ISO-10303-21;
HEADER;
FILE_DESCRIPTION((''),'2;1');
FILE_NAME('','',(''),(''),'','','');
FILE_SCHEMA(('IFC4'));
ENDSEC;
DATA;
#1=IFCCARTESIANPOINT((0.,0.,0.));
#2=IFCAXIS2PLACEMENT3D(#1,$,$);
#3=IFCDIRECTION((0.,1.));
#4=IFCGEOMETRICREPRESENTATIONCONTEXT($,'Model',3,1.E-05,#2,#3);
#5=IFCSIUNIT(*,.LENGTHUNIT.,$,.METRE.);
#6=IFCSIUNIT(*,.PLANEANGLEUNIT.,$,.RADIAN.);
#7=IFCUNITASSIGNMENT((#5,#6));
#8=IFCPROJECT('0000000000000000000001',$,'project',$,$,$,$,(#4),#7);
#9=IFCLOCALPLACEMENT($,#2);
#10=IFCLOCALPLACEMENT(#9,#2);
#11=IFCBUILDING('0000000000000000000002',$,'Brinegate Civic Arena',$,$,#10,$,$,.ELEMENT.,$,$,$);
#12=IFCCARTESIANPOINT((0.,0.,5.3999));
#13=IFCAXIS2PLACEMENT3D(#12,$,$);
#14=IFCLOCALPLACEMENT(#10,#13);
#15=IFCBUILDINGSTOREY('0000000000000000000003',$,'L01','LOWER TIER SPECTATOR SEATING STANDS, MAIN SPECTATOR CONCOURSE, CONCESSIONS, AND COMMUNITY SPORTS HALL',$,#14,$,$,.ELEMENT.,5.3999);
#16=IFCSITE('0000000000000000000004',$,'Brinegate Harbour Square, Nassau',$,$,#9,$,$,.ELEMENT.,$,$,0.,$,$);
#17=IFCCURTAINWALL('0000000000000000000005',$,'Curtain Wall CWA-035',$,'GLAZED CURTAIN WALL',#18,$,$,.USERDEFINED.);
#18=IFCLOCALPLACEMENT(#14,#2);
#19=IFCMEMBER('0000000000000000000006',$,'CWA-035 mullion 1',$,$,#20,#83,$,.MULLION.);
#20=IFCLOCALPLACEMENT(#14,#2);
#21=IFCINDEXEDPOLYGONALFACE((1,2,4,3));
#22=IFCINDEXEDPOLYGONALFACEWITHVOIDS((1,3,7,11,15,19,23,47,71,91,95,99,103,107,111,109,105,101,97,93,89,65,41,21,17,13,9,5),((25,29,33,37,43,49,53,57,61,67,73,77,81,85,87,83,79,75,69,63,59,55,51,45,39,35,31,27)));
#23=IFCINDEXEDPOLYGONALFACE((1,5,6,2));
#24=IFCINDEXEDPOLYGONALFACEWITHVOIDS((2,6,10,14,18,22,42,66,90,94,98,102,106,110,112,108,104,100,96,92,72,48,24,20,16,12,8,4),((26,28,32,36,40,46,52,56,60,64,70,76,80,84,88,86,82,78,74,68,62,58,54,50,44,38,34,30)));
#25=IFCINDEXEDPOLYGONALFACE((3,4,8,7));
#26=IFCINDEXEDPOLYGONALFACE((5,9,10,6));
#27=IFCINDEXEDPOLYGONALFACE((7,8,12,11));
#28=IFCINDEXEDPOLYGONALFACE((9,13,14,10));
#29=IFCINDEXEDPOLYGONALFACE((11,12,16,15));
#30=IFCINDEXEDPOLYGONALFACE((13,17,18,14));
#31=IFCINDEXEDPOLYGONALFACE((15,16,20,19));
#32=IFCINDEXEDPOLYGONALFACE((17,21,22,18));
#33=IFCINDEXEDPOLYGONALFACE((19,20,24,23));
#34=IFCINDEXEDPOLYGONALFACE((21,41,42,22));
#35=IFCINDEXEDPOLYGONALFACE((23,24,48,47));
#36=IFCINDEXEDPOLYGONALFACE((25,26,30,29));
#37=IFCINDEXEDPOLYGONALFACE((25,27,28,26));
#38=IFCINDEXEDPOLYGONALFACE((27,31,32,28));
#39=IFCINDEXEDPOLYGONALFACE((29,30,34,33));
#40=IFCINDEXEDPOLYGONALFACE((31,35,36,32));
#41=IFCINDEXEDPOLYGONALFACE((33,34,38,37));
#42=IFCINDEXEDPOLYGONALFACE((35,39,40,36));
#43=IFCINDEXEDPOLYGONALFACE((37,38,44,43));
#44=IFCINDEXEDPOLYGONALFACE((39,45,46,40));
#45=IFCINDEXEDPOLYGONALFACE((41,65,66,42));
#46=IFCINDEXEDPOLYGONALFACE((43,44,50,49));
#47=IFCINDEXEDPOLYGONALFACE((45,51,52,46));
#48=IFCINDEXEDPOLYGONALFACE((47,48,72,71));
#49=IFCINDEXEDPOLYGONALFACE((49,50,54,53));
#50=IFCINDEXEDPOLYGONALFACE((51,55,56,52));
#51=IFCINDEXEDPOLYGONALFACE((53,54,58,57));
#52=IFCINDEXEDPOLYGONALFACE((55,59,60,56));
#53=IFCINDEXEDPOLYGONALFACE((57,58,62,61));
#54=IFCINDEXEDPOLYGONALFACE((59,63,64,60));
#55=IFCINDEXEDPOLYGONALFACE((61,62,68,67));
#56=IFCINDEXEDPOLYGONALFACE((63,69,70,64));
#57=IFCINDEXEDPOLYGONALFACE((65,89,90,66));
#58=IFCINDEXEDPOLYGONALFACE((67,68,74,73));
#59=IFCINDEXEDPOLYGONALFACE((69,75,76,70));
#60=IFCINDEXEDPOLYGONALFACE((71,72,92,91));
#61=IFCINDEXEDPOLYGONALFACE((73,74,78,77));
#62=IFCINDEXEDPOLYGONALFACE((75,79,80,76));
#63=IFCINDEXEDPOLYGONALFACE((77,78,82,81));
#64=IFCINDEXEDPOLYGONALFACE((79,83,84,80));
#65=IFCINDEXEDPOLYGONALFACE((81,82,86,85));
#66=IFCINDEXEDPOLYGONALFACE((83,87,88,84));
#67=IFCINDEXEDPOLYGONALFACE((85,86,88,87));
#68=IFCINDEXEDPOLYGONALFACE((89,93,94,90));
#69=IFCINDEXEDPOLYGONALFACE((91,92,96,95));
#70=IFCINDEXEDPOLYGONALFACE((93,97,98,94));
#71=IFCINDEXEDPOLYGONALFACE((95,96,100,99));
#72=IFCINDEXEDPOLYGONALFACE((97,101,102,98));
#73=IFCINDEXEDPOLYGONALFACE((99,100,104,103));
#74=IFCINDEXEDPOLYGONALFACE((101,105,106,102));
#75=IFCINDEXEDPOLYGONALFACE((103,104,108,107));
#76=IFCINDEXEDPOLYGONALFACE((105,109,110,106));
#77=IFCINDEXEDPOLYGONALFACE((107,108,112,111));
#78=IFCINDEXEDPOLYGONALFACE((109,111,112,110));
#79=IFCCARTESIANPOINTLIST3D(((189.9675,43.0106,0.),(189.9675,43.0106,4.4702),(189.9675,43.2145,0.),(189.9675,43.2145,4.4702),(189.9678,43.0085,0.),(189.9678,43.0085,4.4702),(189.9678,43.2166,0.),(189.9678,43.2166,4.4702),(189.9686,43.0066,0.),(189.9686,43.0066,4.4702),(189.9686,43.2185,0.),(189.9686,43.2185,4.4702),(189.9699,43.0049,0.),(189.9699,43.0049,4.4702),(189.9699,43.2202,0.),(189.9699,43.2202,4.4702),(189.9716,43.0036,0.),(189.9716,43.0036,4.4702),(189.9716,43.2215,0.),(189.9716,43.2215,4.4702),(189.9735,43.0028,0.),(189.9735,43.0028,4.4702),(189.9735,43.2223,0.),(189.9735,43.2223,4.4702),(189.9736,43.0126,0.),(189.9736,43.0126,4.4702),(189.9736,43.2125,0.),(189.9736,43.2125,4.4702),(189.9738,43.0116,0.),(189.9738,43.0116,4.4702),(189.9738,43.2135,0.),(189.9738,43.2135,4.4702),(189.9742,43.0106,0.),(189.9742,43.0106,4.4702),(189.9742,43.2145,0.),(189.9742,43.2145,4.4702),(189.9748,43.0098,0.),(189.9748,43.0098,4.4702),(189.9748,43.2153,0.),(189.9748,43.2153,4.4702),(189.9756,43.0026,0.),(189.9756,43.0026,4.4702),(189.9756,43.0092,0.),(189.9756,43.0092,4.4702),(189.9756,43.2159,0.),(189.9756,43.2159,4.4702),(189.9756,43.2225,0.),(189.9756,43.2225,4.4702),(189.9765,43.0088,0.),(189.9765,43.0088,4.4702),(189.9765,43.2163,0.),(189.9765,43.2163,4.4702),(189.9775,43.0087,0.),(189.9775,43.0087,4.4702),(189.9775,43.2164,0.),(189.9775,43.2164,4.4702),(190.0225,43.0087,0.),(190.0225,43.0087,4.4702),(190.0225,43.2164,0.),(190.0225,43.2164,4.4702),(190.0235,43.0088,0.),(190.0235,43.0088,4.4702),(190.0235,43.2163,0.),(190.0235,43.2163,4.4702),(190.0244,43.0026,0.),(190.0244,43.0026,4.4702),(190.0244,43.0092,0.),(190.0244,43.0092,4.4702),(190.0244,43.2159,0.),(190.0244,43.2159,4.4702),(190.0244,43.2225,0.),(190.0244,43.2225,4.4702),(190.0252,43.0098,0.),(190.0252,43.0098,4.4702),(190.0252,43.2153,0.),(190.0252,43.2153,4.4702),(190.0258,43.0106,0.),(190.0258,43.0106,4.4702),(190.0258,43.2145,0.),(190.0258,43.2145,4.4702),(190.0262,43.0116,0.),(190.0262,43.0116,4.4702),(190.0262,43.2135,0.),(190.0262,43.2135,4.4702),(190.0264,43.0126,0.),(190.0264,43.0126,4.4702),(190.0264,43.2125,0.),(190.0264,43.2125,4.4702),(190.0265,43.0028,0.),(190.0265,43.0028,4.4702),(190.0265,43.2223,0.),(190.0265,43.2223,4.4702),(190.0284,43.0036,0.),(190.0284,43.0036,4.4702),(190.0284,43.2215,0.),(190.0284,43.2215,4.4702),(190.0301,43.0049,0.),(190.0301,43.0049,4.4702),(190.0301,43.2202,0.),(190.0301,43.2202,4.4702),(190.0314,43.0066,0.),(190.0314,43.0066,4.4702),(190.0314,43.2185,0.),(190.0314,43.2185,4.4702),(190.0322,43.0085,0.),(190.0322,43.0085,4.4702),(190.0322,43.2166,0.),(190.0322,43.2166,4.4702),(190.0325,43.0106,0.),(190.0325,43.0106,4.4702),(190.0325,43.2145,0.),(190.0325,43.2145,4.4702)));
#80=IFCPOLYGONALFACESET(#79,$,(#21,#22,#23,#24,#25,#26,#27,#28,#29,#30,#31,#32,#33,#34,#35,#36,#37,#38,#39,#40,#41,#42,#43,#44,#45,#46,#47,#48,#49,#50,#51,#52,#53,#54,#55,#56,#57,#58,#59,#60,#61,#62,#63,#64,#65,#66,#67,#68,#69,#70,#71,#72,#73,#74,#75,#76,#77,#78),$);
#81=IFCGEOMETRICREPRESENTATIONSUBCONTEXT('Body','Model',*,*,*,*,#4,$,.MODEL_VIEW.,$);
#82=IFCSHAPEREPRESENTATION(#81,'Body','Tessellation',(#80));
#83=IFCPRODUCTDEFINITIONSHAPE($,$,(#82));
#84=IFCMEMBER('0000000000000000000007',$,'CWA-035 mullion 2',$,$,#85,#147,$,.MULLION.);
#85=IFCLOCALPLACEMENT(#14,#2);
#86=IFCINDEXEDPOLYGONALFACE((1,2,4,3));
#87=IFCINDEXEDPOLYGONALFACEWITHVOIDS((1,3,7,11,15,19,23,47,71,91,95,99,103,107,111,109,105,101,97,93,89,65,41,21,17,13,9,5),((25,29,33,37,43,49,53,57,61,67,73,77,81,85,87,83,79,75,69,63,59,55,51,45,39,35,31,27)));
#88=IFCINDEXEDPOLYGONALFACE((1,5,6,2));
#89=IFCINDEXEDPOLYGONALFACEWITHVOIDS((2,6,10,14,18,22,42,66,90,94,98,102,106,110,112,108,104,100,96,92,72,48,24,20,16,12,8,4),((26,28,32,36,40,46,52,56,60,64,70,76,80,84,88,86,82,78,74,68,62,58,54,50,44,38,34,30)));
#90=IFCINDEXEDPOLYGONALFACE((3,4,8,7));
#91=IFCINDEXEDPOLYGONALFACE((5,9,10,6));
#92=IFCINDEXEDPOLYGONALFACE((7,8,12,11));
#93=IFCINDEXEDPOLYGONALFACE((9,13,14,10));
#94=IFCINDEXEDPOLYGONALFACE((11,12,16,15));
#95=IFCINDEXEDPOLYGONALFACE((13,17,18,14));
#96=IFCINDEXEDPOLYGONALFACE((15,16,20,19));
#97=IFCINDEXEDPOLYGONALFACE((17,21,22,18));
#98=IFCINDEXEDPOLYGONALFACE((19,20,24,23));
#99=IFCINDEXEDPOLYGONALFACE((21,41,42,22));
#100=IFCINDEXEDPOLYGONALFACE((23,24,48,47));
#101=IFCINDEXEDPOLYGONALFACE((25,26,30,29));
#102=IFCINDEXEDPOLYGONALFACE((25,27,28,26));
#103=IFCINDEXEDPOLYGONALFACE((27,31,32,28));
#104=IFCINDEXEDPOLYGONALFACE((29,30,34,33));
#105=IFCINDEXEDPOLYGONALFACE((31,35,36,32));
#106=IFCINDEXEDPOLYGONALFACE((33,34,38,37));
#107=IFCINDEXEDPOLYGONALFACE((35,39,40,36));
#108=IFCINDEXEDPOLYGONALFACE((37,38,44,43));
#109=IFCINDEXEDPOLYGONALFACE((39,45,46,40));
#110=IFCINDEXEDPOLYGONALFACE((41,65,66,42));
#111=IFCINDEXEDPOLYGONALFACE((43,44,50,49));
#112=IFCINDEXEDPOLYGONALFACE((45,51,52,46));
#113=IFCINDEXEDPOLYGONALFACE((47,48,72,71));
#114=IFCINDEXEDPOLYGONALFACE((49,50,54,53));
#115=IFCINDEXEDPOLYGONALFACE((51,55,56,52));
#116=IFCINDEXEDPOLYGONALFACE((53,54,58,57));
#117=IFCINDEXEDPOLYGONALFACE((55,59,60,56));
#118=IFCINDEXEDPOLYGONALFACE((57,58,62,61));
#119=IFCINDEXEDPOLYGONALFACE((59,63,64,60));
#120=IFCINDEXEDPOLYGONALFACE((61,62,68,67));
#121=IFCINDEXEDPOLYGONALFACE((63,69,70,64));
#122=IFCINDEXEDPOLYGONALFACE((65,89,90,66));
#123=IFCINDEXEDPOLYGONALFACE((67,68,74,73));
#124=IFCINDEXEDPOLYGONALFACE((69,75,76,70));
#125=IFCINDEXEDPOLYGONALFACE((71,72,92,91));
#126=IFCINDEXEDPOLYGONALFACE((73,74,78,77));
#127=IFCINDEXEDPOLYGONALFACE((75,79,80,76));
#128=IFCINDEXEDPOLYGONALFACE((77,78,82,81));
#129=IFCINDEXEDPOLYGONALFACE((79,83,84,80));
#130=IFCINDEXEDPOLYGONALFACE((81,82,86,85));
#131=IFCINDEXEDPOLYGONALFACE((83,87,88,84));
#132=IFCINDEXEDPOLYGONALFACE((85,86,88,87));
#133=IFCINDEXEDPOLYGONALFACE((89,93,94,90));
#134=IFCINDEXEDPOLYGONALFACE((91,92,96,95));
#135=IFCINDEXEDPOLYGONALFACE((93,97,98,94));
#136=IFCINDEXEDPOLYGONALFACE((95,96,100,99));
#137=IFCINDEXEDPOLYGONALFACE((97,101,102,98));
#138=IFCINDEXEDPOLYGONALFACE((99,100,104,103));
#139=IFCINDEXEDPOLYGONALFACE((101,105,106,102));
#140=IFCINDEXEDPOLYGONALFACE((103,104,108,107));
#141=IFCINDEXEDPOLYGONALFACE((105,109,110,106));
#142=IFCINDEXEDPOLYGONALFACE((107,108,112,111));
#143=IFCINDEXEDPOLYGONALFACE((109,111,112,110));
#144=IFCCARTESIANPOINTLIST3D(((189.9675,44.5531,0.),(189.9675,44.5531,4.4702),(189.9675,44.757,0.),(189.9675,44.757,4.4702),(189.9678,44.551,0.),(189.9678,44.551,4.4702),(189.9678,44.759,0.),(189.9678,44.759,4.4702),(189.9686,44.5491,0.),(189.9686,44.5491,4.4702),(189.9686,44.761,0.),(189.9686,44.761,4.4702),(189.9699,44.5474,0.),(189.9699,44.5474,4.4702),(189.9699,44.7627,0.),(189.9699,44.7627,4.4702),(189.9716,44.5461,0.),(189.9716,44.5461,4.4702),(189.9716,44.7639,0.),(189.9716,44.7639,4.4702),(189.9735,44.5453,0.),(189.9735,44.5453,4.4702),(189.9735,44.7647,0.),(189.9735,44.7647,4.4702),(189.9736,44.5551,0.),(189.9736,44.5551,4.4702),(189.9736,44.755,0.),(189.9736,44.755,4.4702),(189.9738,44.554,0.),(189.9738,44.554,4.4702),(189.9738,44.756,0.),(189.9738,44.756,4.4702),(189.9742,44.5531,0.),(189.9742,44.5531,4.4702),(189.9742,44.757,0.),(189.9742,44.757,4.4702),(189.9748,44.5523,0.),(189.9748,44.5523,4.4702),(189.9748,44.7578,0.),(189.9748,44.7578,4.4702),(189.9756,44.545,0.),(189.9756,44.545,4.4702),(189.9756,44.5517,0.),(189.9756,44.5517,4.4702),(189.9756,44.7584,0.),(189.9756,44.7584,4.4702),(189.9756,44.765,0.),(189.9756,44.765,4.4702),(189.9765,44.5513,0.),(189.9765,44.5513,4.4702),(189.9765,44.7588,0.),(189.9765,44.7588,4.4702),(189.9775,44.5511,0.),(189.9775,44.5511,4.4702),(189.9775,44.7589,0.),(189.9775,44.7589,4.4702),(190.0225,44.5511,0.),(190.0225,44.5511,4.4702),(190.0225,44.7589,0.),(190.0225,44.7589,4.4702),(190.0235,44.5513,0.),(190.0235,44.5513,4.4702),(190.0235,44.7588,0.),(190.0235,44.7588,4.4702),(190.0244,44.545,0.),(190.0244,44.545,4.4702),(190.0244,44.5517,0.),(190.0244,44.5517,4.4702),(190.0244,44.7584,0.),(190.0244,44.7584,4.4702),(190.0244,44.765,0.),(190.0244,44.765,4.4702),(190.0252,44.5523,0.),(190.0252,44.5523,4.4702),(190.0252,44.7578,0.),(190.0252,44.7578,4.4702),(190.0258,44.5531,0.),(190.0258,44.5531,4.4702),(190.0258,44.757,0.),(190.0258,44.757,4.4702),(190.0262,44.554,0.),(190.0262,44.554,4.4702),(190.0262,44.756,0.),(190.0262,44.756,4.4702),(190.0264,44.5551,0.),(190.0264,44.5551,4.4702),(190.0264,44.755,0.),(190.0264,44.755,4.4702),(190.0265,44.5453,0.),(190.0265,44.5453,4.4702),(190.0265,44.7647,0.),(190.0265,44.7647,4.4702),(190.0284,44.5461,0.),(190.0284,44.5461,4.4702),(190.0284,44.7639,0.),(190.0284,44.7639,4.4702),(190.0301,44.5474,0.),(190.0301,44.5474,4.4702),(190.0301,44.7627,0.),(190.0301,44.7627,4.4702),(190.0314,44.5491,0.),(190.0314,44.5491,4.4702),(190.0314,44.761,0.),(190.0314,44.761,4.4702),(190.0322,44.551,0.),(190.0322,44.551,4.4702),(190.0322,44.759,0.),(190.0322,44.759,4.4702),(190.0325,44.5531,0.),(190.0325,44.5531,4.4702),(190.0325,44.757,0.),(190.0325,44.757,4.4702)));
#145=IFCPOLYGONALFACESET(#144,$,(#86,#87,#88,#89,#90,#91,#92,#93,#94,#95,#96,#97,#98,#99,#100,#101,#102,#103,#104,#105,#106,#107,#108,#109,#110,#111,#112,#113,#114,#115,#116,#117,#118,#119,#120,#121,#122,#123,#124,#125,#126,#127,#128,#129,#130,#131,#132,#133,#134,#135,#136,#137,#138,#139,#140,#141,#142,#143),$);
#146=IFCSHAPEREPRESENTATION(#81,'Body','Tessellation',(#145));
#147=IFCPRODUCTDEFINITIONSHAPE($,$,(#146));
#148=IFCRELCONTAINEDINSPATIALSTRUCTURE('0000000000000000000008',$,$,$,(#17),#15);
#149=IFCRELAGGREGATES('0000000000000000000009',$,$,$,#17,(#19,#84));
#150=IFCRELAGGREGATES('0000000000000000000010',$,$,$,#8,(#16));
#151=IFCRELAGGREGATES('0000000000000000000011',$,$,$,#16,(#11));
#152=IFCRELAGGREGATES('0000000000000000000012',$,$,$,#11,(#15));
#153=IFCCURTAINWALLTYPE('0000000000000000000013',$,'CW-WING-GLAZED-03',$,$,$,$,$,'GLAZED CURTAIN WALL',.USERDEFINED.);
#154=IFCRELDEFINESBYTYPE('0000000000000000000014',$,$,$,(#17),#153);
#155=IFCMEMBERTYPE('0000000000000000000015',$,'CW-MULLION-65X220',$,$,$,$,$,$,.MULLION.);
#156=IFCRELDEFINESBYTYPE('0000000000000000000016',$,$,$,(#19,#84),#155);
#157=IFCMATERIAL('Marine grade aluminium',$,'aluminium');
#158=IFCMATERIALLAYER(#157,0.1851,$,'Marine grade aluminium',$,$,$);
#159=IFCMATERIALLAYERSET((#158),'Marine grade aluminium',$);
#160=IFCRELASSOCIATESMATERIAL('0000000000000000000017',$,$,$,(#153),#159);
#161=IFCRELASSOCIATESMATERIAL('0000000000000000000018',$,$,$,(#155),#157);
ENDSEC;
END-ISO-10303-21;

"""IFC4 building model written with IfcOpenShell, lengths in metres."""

from ifc_helpers import new_model, si_unit, direction, frame, origin, origin_2d, place, context, subcontext, project, spatial, hollow_rectangle, extrude, material, layer, layer_set, material_profile, profile_set, type_object, element, aggregate, save


model = new_model("IFC4")

# Units and contexts
model_context = context("Model", 3, precision=1e-05, world=origin(), true_north=direction((0.0, 1.0)))
body_context = subcontext(model_context, "Body", "Model", "MODEL_VIEW")
ifc_project = project(units=[si_unit("LENGTHUNIT", "METRE"), si_unit("PLANEANGLEUNIT", "RADIAN")], contexts=[model_context])

# Site, building, storey
site_placement = place(None, origin())
site = spatial("IfcSite", under=ifc_project, at=site_placement, Name="Brinegate Harbour Square, Nassau", CompositionType="ELEMENT", RefElevation=0.0)
building_placement = place(site_placement, origin())
building = spatial("IfcBuilding", under=site, at=building_placement, Name="Brinegate Civic Arena", CompositionType="ELEMENT")
storey_placement = place(building_placement, frame((0.0, 0.0, 5.3999)))
storey = spatial("IfcBuildingStorey", under=building, at=storey_placement, Name="L01", Description="LOWER TIER SPECTATOR SEATING STANDS, MAIN SPECTATOR CONCOURSE, CONCESSIONS, AND COMMUNITY SPORTS HALL", CompositionType="ELEMENT", Elevation=5.3999)

# Curtain wall, members
ifc_material_1 = material(Name="Marine grade aluminium", Category="aluminium")
ifc_layer_1 = layer(ifc_material_1, 0.1851, Name="Marine grade aluminium")
ifc_layer_set_1 = layer_set([ifc_layer_1], Name="Marine grade aluminium")
curtain_wall_type = type_object("IfcCurtainWallType", Name="CW-WING-GLAZED-03", ElementType="GLAZED CURTAIN WALL", PredefinedType="USERDEFINED", material=ifc_layer_set_1)
curtain_wall_1_placement = place(storey_placement, origin())
curtain_wall_1 = element("IfcCurtainWall", 1, at=curtain_wall_1_placement, inside=storey, type_object=curtain_wall_type, Name="Curtain Wall CWA-035", ObjectType="GLAZED CURTAIN WALL", PredefinedType="USERDEFINED")
ifc_material_profile_1 = material_profile(ifc_material_1, hollow_rectangle(XDim=0.0649, YDim=0.22, WallThickness=0.0061, InnerFilletRadius=0.0039, OuterFilletRadius=0.0081, at=origin_2d()), Name="MUL65X220")
ifc_profile_set_1 = profile_set([ifc_material_profile_1], Name="Marine grade aluminium")
member_type_1 = type_object("IfcMemberType", Name="CW-MULLION-65X220", PredefinedType="MULLION", material=ifc_profile_set_1)
member_1_placement = place(storey_placement, frame((190.0, 43.1125, 0.0), z_axis=(0.0, 0.0, 1.0), x_axis=(-1.0, 0.0, 0.0)))
member_1 = element("IfcMember", 2, at=member_1_placement, type_object=member_type_1, Name="CWA-035 mullion 1", PredefinedType="MULLION", context=body_context, shape_type="SweptSolid", body=[
    extrude(hollow_rectangle(XDim=0.0649, YDim=0.22, WallThickness=0.0061, InnerFilletRadius=0.0039, OuterFilletRadius=0.0081, at=origin_2d()), origin(), (0.0, 0.0, 1.0), 4.4702),
])
member_2_placement = place(storey_placement, frame((190.0, 44.655, 0.0), z_axis=(0.0, 0.0, 1.0), x_axis=(-1.0, 0.0, 0.0)))
member_2 = element("IfcMember", 3, at=member_2_placement, type_object=member_type_1, Name="CWA-035 mullion 2", PredefinedType="MULLION", context=body_context, shape_type="SweptSolid", body=[
    extrude(hollow_rectangle(XDim=0.0649, YDim=0.22, WallThickness=0.0061, InnerFilletRadius=0.0039, OuterFilletRadius=0.0081, at=origin_2d()), origin(), (0.0, 0.0, 1.0), 4.4702),
])

aggregate(curtain_wall_1, [member_1, member_2])

save(model, "model.ifc")
